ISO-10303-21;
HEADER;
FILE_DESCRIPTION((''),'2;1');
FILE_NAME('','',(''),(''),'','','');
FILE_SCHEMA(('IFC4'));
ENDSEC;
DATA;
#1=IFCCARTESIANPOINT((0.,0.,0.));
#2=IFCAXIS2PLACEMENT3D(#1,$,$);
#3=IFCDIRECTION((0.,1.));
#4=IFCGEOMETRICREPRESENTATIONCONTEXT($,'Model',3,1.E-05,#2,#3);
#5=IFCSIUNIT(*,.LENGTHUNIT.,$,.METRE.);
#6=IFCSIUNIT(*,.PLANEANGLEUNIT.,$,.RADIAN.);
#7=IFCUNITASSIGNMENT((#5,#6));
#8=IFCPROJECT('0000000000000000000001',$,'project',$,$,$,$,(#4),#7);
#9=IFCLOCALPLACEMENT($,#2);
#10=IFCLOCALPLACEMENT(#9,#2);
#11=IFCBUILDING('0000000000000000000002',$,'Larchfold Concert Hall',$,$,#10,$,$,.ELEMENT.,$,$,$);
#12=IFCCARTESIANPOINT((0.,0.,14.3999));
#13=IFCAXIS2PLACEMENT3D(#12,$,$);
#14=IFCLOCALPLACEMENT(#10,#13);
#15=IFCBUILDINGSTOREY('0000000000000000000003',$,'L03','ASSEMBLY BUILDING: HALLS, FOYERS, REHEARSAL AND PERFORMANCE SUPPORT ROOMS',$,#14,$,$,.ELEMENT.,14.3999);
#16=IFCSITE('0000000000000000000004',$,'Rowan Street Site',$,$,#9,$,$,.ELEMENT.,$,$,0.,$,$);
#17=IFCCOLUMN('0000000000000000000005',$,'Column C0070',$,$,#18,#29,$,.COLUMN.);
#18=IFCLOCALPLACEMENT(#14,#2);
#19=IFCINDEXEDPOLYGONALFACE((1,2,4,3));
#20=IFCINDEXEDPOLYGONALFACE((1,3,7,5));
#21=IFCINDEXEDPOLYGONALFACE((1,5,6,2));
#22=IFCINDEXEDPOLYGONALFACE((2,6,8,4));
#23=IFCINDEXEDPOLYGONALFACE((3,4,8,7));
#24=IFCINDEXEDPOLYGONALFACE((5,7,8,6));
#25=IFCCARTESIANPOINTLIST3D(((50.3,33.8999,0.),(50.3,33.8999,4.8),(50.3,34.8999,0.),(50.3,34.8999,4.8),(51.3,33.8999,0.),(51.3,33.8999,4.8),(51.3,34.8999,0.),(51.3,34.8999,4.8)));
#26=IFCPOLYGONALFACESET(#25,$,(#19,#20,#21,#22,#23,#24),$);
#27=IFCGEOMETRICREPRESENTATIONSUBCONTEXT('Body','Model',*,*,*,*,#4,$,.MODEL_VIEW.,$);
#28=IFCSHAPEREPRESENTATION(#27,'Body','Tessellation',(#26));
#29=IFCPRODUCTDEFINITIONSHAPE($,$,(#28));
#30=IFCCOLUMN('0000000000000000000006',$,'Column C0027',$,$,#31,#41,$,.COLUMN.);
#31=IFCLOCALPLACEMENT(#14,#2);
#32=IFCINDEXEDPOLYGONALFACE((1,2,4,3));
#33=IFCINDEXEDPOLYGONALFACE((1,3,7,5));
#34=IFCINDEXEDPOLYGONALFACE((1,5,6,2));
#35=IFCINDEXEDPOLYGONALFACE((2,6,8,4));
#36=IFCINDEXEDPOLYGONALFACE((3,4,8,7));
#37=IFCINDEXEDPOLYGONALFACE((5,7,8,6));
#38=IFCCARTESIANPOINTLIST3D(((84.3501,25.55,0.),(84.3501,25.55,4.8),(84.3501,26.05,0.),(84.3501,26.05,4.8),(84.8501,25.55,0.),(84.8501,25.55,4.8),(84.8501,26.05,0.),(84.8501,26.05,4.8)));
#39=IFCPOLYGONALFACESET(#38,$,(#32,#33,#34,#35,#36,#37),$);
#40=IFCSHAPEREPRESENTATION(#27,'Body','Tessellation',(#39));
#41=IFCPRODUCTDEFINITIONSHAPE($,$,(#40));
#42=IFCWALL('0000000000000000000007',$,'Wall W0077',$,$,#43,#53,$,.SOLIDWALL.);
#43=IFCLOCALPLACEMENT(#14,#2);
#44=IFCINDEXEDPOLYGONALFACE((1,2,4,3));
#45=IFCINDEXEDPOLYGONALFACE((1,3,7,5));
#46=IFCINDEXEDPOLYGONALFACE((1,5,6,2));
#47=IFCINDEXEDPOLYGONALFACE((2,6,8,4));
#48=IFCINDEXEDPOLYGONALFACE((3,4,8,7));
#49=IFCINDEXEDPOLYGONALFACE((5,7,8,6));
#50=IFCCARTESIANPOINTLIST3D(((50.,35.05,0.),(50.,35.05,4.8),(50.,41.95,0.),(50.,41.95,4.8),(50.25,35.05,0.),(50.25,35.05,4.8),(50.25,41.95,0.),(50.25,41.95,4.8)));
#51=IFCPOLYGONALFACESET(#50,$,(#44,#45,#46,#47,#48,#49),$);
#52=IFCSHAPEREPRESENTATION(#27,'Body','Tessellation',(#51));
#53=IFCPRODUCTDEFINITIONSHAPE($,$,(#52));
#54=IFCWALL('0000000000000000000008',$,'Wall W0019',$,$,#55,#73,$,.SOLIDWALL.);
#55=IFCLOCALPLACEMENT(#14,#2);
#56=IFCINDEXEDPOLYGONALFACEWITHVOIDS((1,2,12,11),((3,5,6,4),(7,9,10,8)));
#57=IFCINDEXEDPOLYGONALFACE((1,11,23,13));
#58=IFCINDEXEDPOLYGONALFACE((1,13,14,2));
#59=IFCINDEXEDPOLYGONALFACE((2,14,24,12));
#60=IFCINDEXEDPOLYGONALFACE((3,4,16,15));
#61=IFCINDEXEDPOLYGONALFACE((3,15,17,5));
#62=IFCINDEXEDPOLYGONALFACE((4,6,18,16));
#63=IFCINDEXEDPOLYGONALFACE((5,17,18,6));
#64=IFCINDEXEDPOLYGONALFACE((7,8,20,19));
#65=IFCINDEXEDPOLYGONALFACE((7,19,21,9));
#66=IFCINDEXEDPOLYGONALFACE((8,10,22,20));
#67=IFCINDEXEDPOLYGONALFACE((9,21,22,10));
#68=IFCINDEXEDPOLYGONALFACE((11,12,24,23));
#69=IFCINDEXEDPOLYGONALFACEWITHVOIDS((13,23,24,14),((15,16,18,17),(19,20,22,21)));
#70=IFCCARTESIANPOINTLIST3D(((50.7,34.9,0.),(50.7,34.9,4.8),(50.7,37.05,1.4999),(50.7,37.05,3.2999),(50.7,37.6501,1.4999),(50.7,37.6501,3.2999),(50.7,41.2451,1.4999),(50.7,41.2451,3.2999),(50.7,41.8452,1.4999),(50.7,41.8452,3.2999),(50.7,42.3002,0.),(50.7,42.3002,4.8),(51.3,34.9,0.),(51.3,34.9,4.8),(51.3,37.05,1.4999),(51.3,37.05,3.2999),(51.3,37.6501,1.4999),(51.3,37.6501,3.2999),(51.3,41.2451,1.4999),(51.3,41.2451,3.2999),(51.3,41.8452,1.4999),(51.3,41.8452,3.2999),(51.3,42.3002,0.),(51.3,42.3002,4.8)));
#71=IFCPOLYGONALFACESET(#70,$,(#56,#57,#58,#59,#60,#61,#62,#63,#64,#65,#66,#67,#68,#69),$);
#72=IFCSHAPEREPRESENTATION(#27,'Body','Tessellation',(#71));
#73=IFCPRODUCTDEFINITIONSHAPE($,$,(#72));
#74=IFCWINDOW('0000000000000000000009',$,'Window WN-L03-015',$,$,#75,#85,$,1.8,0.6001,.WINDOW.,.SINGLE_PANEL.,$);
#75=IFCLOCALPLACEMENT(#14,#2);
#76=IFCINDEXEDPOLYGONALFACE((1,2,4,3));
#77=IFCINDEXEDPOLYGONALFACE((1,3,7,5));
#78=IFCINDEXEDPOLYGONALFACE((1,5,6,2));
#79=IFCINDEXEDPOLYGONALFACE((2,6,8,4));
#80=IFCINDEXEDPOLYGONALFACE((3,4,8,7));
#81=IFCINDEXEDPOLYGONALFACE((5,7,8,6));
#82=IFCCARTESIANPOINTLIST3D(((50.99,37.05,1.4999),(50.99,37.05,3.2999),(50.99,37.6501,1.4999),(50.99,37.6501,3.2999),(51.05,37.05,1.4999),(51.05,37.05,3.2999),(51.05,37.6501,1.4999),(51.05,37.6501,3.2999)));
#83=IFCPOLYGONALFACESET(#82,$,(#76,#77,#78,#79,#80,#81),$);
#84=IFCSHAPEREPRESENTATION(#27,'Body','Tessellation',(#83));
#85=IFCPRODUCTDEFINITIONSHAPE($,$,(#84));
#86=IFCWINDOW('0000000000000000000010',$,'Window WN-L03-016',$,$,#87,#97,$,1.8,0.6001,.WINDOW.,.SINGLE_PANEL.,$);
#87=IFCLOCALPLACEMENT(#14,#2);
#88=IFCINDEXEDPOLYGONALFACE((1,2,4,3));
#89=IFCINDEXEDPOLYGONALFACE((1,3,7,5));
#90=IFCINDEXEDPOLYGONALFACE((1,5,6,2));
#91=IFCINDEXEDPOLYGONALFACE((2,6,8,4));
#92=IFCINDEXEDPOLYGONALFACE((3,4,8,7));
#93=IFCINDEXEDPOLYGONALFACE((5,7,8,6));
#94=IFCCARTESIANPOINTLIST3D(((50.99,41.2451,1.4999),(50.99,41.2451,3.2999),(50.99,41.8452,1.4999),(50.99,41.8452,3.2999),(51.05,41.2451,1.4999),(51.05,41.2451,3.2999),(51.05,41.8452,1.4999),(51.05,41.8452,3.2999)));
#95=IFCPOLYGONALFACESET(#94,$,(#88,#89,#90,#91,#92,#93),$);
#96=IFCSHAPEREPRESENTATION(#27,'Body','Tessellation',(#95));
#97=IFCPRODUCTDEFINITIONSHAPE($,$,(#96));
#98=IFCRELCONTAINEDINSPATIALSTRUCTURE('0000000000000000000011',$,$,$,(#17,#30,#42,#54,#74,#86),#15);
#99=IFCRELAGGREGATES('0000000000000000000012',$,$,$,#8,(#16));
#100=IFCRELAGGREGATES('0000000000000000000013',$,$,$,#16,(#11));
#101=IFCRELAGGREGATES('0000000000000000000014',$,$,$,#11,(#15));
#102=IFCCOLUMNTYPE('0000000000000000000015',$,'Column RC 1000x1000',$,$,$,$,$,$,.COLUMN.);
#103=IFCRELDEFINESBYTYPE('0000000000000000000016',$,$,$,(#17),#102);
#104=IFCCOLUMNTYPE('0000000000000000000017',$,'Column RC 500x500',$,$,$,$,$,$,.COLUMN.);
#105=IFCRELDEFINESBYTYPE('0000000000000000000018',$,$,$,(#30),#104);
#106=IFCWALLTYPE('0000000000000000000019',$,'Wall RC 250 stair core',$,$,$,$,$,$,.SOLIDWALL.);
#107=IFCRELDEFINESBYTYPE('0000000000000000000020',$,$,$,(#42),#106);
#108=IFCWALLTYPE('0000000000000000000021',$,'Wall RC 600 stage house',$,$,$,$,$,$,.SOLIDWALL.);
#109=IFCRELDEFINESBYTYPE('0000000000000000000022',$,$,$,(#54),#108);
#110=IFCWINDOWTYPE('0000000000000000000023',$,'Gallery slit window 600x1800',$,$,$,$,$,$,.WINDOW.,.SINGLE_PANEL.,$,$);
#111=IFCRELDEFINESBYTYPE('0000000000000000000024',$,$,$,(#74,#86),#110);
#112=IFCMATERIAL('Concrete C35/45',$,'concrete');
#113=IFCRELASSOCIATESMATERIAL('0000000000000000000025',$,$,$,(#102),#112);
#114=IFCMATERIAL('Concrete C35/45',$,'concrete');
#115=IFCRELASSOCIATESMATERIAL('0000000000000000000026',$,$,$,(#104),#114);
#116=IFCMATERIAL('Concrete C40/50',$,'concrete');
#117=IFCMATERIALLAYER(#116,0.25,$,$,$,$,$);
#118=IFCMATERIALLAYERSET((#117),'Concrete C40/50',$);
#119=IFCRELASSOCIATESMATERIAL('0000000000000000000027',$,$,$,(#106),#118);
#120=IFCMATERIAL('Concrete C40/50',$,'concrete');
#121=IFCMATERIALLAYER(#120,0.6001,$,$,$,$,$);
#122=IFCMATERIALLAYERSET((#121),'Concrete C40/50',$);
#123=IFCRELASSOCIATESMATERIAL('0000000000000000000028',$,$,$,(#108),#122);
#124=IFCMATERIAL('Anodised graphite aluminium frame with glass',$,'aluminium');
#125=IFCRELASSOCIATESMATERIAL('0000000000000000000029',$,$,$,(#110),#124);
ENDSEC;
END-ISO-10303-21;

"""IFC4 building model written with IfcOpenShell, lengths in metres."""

from ifc_helpers import new_model, si_unit, direction, frame, frame_2d, origin, origin_2d, place, context, subcontext, project, spatial, rectangle, extrude, material, layer, layer_set, material_profile, profile_set, type_object, element, fill, save


model = new_model("IFC4")

# Units and contexts
model_context = context("Model", 3, precision=1e-05, world=origin(), true_north=direction((0.0, 1.0)))
body_context = subcontext(model_context, "Body", "Model", "MODEL_VIEW")
ifc_project = project(units=[si_unit("LENGTHUNIT", "METRE"), si_unit("PLANEANGLEUNIT", "RADIAN")], contexts=[model_context])

# Site, building, storey
site_placement = place(None, origin())
site = spatial("IfcSite", under=ifc_project, at=site_placement, Name="Rowan Street Site", CompositionType="ELEMENT", RefElevation=0.0)
building_placement = place(site_placement, origin())
building = spatial("IfcBuilding", under=site, at=building_placement, Name="Larchfold Concert Hall", CompositionType="ELEMENT")
storey_placement = place(building_placement, frame((0.0, 0.0, 14.3999)))
storey = spatial("IfcBuildingStorey", under=building, at=storey_placement, Name="L03", Description="ASSEMBLY BUILDING: HALLS, FOYERS, REHEARSAL AND PERFORMANCE SUPPORT ROOMS", CompositionType="ELEMENT", Elevation=14.3999)

# Columns
ifc_material_1 = material(Name="Concrete C35/45", Category="concrete")
ifc_material_profile_1 = material_profile(ifc_material_1, rectangle(XDim=1.0, YDim=1.0, at=origin_2d()))
ifc_profile_set_1 = profile_set([ifc_material_profile_1], Name="Concrete C35/45")
column_type_1 = type_object("IfcColumnType", Name="Column RC 1000x1000", PredefinedType="COLUMN", material=ifc_profile_set_1)
column_1_placement = place(storey_placement, frame((50.8, 34.3999, 0.0), z_axis=(0.0, 0.0, 1.0), x_axis=(1.0, 0.0, 0.0)))
element("IfcColumn", 1, at=column_1_placement, inside=storey, type_object=column_type_1, Name="Column C0070", PredefinedType="COLUMN", context=body_context, shape_type="SweptSolid", body=[
    extrude(rectangle(XDim=1.0, YDim=1.0, at=origin_2d()), origin(), (0.0, 0.0, 1.0), 4.8),
])
ifc_material_2 = material(Name="Concrete C35/45", Category="concrete")
ifc_material_profile_2 = material_profile(ifc_material_2, rectangle(XDim=0.5, YDim=0.5, at=origin_2d()))
ifc_profile_set_2 = profile_set([ifc_material_profile_2], Name="Concrete C35/45")
column_type_2 = type_object("IfcColumnType", Name="Column RC 500x500", PredefinedType="COLUMN", material=ifc_profile_set_2)
column_2_placement = place(storey_placement, frame((84.6001, 25.8, 0.0), z_axis=(0.0, 0.0, 1.0), x_axis=(1.0, 0.0, 0.0)))
element("IfcColumn", 2, at=column_2_placement, inside=storey, type_object=column_type_2, Name="Column C0027", PredefinedType="COLUMN", context=body_context, shape_type="SweptSolid", body=[
    extrude(rectangle(XDim=0.5, YDim=0.5, at=origin_2d()), origin(), (0.0, 0.0, 1.0), 4.8),
])

# Wall
ifc_material_3 = material(Name="Concrete C40/50", Category="concrete")
ifc_layer_1 = layer(ifc_material_3, 0.25)
ifc_layer_set_1 = layer_set([ifc_layer_1], Name="Concrete C40/50")
wall_type_1 = type_object("IfcWallType", Name="Wall RC 250 stair core", PredefinedType="SOLIDWALL", material=ifc_layer_set_1)
wall_1_placement = place(storey_placement, frame((50.125, 35.05, 0.0), z_axis=(0.0, 0.0, 1.0), x_axis=(0.0, 1.0, 0.0)))
element("IfcWall", 3, at=wall_1_placement, inside=storey, type_object=wall_type_1, Name="Wall W0077", PredefinedType="SOLIDWALL", context=body_context, shape_type="SweptSolid", body=[
    extrude(rectangle(XDim=6.8999, YDim=0.25, at=frame_2d((3.45, 0.0))), origin(), (0.0, 0.0, 1.0), 4.8),
])

# Wall, openings, windows
ifc_material_4 = material(Name="Concrete C40/50", Category="concrete")
ifc_layer_2 = layer(ifc_material_4, 0.6001)
ifc_layer_set_2 = layer_set([ifc_layer_2], Name="Concrete C40/50")
wall_type_2 = type_object("IfcWallType", Name="Wall RC 600 stage house", PredefinedType="SOLIDWALL", material=ifc_layer_set_2)
wall_2_placement = place(storey_placement, frame((51.0, 34.8999, 0.0), z_axis=(0.0, 0.0, 1.0), x_axis=(0.0, 1.0, 0.0)))
wall_2 = element("IfcWall", 4, at=wall_2_placement, inside=storey, type_object=wall_type_2, Name="Wall W0019", PredefinedType="SOLIDWALL", context=body_context, shape_type="SweptSolid", body=[
    extrude(rectangle(XDim=7.4001, YDim=0.6001, at=frame_2d((3.7002, 0.0))), origin(), (0.0, 0.0, 1.0), 4.8),
])
opening_1_placement = place(wall_2_placement, frame((2.1501, 0.0, 1.5)))
opening_1 = element("IfcOpeningElement", 5, at=opening_1_placement, cuts=wall_2, PredefinedType="OPENING", context=body_context, shape_type="SweptSolid", body=[
    extrude(rectangle(XDim=0.6001, YDim=1.8, at=frame_2d((0.3, 0.8999))), frame((0.0, 0.3101, 0.0), z_axis=(0.0, -1.0, 0.0), x_axis=(1.0, 0.0, 0.0)), (0.0, 0.0, 1.0), 0.6201),
])
opening_2_placement = place(wall_2_placement, frame((6.3452, 0.0, 1.5)))
opening_2 = element("IfcOpeningElement", 6, at=opening_2_placement, cuts=wall_2, PredefinedType="OPENING", context=body_context, shape_type="SweptSolid", body=[
    extrude(rectangle(XDim=0.6001, YDim=1.8, at=frame_2d((0.3, 0.8999))), frame((0.0, 0.3101, 0.0), z_axis=(0.0, -1.0, 0.0), x_axis=(1.0, 0.0, 0.0)), (0.0, 0.0, 1.0), 0.6201),
])
ifc_material_5 = material(Name="Anodised graphite aluminium frame with glass", Category="aluminium")
window_type_1 = type_object("IfcWindowType", Name="Gallery slit window 600x1800", PartitioningType="SINGLE_PANEL", PredefinedType="WINDOW", material=ifc_material_5)
window_1_placement = place(opening_1_placement, origin())
window_1 = element("IfcWindow", 7, at=window_1_placement, inside=storey, type_object=window_type_1, Name="Window WN-L03-015", OverallHeight=1.8, OverallWidth=0.6001, PartitioningType="SINGLE_PANEL", PredefinedType="WINDOW", context=body_context, shape_type="SweptSolid", body=[
    extrude(rectangle(XDim=0.6001, YDim=1.8, at=frame_2d((0.3, 0.8999))), frame((0.0, 0.01, 0.0), z_axis=(0.0, -1.0, 0.0), x_axis=(1.0, 0.0, 0.0)), (0.0, 0.0, 1.0), 0.0601),
])
fill(opening_1, window_1)
window_2_placement = place(opening_2_placement, origin())
window_2 = element("IfcWindow", 8, at=window_2_placement, inside=storey, type_object=window_type_1, Name="Window WN-L03-016", OverallHeight=1.8, OverallWidth=0.6001, PartitioningType="SINGLE_PANEL", PredefinedType="WINDOW", context=body_context, shape_type="SweptSolid", body=[
    extrude(rectangle(XDim=0.6001, YDim=1.8, at=frame_2d((0.3, 0.8999))), frame((0.0, 0.01, 0.0), z_axis=(0.0, -1.0, 0.0), x_axis=(1.0, 0.0, 0.0)), (0.0, 0.0, 1.0), 0.0601),
])
fill(opening_2, window_2)

save(model, "model.ifc")
